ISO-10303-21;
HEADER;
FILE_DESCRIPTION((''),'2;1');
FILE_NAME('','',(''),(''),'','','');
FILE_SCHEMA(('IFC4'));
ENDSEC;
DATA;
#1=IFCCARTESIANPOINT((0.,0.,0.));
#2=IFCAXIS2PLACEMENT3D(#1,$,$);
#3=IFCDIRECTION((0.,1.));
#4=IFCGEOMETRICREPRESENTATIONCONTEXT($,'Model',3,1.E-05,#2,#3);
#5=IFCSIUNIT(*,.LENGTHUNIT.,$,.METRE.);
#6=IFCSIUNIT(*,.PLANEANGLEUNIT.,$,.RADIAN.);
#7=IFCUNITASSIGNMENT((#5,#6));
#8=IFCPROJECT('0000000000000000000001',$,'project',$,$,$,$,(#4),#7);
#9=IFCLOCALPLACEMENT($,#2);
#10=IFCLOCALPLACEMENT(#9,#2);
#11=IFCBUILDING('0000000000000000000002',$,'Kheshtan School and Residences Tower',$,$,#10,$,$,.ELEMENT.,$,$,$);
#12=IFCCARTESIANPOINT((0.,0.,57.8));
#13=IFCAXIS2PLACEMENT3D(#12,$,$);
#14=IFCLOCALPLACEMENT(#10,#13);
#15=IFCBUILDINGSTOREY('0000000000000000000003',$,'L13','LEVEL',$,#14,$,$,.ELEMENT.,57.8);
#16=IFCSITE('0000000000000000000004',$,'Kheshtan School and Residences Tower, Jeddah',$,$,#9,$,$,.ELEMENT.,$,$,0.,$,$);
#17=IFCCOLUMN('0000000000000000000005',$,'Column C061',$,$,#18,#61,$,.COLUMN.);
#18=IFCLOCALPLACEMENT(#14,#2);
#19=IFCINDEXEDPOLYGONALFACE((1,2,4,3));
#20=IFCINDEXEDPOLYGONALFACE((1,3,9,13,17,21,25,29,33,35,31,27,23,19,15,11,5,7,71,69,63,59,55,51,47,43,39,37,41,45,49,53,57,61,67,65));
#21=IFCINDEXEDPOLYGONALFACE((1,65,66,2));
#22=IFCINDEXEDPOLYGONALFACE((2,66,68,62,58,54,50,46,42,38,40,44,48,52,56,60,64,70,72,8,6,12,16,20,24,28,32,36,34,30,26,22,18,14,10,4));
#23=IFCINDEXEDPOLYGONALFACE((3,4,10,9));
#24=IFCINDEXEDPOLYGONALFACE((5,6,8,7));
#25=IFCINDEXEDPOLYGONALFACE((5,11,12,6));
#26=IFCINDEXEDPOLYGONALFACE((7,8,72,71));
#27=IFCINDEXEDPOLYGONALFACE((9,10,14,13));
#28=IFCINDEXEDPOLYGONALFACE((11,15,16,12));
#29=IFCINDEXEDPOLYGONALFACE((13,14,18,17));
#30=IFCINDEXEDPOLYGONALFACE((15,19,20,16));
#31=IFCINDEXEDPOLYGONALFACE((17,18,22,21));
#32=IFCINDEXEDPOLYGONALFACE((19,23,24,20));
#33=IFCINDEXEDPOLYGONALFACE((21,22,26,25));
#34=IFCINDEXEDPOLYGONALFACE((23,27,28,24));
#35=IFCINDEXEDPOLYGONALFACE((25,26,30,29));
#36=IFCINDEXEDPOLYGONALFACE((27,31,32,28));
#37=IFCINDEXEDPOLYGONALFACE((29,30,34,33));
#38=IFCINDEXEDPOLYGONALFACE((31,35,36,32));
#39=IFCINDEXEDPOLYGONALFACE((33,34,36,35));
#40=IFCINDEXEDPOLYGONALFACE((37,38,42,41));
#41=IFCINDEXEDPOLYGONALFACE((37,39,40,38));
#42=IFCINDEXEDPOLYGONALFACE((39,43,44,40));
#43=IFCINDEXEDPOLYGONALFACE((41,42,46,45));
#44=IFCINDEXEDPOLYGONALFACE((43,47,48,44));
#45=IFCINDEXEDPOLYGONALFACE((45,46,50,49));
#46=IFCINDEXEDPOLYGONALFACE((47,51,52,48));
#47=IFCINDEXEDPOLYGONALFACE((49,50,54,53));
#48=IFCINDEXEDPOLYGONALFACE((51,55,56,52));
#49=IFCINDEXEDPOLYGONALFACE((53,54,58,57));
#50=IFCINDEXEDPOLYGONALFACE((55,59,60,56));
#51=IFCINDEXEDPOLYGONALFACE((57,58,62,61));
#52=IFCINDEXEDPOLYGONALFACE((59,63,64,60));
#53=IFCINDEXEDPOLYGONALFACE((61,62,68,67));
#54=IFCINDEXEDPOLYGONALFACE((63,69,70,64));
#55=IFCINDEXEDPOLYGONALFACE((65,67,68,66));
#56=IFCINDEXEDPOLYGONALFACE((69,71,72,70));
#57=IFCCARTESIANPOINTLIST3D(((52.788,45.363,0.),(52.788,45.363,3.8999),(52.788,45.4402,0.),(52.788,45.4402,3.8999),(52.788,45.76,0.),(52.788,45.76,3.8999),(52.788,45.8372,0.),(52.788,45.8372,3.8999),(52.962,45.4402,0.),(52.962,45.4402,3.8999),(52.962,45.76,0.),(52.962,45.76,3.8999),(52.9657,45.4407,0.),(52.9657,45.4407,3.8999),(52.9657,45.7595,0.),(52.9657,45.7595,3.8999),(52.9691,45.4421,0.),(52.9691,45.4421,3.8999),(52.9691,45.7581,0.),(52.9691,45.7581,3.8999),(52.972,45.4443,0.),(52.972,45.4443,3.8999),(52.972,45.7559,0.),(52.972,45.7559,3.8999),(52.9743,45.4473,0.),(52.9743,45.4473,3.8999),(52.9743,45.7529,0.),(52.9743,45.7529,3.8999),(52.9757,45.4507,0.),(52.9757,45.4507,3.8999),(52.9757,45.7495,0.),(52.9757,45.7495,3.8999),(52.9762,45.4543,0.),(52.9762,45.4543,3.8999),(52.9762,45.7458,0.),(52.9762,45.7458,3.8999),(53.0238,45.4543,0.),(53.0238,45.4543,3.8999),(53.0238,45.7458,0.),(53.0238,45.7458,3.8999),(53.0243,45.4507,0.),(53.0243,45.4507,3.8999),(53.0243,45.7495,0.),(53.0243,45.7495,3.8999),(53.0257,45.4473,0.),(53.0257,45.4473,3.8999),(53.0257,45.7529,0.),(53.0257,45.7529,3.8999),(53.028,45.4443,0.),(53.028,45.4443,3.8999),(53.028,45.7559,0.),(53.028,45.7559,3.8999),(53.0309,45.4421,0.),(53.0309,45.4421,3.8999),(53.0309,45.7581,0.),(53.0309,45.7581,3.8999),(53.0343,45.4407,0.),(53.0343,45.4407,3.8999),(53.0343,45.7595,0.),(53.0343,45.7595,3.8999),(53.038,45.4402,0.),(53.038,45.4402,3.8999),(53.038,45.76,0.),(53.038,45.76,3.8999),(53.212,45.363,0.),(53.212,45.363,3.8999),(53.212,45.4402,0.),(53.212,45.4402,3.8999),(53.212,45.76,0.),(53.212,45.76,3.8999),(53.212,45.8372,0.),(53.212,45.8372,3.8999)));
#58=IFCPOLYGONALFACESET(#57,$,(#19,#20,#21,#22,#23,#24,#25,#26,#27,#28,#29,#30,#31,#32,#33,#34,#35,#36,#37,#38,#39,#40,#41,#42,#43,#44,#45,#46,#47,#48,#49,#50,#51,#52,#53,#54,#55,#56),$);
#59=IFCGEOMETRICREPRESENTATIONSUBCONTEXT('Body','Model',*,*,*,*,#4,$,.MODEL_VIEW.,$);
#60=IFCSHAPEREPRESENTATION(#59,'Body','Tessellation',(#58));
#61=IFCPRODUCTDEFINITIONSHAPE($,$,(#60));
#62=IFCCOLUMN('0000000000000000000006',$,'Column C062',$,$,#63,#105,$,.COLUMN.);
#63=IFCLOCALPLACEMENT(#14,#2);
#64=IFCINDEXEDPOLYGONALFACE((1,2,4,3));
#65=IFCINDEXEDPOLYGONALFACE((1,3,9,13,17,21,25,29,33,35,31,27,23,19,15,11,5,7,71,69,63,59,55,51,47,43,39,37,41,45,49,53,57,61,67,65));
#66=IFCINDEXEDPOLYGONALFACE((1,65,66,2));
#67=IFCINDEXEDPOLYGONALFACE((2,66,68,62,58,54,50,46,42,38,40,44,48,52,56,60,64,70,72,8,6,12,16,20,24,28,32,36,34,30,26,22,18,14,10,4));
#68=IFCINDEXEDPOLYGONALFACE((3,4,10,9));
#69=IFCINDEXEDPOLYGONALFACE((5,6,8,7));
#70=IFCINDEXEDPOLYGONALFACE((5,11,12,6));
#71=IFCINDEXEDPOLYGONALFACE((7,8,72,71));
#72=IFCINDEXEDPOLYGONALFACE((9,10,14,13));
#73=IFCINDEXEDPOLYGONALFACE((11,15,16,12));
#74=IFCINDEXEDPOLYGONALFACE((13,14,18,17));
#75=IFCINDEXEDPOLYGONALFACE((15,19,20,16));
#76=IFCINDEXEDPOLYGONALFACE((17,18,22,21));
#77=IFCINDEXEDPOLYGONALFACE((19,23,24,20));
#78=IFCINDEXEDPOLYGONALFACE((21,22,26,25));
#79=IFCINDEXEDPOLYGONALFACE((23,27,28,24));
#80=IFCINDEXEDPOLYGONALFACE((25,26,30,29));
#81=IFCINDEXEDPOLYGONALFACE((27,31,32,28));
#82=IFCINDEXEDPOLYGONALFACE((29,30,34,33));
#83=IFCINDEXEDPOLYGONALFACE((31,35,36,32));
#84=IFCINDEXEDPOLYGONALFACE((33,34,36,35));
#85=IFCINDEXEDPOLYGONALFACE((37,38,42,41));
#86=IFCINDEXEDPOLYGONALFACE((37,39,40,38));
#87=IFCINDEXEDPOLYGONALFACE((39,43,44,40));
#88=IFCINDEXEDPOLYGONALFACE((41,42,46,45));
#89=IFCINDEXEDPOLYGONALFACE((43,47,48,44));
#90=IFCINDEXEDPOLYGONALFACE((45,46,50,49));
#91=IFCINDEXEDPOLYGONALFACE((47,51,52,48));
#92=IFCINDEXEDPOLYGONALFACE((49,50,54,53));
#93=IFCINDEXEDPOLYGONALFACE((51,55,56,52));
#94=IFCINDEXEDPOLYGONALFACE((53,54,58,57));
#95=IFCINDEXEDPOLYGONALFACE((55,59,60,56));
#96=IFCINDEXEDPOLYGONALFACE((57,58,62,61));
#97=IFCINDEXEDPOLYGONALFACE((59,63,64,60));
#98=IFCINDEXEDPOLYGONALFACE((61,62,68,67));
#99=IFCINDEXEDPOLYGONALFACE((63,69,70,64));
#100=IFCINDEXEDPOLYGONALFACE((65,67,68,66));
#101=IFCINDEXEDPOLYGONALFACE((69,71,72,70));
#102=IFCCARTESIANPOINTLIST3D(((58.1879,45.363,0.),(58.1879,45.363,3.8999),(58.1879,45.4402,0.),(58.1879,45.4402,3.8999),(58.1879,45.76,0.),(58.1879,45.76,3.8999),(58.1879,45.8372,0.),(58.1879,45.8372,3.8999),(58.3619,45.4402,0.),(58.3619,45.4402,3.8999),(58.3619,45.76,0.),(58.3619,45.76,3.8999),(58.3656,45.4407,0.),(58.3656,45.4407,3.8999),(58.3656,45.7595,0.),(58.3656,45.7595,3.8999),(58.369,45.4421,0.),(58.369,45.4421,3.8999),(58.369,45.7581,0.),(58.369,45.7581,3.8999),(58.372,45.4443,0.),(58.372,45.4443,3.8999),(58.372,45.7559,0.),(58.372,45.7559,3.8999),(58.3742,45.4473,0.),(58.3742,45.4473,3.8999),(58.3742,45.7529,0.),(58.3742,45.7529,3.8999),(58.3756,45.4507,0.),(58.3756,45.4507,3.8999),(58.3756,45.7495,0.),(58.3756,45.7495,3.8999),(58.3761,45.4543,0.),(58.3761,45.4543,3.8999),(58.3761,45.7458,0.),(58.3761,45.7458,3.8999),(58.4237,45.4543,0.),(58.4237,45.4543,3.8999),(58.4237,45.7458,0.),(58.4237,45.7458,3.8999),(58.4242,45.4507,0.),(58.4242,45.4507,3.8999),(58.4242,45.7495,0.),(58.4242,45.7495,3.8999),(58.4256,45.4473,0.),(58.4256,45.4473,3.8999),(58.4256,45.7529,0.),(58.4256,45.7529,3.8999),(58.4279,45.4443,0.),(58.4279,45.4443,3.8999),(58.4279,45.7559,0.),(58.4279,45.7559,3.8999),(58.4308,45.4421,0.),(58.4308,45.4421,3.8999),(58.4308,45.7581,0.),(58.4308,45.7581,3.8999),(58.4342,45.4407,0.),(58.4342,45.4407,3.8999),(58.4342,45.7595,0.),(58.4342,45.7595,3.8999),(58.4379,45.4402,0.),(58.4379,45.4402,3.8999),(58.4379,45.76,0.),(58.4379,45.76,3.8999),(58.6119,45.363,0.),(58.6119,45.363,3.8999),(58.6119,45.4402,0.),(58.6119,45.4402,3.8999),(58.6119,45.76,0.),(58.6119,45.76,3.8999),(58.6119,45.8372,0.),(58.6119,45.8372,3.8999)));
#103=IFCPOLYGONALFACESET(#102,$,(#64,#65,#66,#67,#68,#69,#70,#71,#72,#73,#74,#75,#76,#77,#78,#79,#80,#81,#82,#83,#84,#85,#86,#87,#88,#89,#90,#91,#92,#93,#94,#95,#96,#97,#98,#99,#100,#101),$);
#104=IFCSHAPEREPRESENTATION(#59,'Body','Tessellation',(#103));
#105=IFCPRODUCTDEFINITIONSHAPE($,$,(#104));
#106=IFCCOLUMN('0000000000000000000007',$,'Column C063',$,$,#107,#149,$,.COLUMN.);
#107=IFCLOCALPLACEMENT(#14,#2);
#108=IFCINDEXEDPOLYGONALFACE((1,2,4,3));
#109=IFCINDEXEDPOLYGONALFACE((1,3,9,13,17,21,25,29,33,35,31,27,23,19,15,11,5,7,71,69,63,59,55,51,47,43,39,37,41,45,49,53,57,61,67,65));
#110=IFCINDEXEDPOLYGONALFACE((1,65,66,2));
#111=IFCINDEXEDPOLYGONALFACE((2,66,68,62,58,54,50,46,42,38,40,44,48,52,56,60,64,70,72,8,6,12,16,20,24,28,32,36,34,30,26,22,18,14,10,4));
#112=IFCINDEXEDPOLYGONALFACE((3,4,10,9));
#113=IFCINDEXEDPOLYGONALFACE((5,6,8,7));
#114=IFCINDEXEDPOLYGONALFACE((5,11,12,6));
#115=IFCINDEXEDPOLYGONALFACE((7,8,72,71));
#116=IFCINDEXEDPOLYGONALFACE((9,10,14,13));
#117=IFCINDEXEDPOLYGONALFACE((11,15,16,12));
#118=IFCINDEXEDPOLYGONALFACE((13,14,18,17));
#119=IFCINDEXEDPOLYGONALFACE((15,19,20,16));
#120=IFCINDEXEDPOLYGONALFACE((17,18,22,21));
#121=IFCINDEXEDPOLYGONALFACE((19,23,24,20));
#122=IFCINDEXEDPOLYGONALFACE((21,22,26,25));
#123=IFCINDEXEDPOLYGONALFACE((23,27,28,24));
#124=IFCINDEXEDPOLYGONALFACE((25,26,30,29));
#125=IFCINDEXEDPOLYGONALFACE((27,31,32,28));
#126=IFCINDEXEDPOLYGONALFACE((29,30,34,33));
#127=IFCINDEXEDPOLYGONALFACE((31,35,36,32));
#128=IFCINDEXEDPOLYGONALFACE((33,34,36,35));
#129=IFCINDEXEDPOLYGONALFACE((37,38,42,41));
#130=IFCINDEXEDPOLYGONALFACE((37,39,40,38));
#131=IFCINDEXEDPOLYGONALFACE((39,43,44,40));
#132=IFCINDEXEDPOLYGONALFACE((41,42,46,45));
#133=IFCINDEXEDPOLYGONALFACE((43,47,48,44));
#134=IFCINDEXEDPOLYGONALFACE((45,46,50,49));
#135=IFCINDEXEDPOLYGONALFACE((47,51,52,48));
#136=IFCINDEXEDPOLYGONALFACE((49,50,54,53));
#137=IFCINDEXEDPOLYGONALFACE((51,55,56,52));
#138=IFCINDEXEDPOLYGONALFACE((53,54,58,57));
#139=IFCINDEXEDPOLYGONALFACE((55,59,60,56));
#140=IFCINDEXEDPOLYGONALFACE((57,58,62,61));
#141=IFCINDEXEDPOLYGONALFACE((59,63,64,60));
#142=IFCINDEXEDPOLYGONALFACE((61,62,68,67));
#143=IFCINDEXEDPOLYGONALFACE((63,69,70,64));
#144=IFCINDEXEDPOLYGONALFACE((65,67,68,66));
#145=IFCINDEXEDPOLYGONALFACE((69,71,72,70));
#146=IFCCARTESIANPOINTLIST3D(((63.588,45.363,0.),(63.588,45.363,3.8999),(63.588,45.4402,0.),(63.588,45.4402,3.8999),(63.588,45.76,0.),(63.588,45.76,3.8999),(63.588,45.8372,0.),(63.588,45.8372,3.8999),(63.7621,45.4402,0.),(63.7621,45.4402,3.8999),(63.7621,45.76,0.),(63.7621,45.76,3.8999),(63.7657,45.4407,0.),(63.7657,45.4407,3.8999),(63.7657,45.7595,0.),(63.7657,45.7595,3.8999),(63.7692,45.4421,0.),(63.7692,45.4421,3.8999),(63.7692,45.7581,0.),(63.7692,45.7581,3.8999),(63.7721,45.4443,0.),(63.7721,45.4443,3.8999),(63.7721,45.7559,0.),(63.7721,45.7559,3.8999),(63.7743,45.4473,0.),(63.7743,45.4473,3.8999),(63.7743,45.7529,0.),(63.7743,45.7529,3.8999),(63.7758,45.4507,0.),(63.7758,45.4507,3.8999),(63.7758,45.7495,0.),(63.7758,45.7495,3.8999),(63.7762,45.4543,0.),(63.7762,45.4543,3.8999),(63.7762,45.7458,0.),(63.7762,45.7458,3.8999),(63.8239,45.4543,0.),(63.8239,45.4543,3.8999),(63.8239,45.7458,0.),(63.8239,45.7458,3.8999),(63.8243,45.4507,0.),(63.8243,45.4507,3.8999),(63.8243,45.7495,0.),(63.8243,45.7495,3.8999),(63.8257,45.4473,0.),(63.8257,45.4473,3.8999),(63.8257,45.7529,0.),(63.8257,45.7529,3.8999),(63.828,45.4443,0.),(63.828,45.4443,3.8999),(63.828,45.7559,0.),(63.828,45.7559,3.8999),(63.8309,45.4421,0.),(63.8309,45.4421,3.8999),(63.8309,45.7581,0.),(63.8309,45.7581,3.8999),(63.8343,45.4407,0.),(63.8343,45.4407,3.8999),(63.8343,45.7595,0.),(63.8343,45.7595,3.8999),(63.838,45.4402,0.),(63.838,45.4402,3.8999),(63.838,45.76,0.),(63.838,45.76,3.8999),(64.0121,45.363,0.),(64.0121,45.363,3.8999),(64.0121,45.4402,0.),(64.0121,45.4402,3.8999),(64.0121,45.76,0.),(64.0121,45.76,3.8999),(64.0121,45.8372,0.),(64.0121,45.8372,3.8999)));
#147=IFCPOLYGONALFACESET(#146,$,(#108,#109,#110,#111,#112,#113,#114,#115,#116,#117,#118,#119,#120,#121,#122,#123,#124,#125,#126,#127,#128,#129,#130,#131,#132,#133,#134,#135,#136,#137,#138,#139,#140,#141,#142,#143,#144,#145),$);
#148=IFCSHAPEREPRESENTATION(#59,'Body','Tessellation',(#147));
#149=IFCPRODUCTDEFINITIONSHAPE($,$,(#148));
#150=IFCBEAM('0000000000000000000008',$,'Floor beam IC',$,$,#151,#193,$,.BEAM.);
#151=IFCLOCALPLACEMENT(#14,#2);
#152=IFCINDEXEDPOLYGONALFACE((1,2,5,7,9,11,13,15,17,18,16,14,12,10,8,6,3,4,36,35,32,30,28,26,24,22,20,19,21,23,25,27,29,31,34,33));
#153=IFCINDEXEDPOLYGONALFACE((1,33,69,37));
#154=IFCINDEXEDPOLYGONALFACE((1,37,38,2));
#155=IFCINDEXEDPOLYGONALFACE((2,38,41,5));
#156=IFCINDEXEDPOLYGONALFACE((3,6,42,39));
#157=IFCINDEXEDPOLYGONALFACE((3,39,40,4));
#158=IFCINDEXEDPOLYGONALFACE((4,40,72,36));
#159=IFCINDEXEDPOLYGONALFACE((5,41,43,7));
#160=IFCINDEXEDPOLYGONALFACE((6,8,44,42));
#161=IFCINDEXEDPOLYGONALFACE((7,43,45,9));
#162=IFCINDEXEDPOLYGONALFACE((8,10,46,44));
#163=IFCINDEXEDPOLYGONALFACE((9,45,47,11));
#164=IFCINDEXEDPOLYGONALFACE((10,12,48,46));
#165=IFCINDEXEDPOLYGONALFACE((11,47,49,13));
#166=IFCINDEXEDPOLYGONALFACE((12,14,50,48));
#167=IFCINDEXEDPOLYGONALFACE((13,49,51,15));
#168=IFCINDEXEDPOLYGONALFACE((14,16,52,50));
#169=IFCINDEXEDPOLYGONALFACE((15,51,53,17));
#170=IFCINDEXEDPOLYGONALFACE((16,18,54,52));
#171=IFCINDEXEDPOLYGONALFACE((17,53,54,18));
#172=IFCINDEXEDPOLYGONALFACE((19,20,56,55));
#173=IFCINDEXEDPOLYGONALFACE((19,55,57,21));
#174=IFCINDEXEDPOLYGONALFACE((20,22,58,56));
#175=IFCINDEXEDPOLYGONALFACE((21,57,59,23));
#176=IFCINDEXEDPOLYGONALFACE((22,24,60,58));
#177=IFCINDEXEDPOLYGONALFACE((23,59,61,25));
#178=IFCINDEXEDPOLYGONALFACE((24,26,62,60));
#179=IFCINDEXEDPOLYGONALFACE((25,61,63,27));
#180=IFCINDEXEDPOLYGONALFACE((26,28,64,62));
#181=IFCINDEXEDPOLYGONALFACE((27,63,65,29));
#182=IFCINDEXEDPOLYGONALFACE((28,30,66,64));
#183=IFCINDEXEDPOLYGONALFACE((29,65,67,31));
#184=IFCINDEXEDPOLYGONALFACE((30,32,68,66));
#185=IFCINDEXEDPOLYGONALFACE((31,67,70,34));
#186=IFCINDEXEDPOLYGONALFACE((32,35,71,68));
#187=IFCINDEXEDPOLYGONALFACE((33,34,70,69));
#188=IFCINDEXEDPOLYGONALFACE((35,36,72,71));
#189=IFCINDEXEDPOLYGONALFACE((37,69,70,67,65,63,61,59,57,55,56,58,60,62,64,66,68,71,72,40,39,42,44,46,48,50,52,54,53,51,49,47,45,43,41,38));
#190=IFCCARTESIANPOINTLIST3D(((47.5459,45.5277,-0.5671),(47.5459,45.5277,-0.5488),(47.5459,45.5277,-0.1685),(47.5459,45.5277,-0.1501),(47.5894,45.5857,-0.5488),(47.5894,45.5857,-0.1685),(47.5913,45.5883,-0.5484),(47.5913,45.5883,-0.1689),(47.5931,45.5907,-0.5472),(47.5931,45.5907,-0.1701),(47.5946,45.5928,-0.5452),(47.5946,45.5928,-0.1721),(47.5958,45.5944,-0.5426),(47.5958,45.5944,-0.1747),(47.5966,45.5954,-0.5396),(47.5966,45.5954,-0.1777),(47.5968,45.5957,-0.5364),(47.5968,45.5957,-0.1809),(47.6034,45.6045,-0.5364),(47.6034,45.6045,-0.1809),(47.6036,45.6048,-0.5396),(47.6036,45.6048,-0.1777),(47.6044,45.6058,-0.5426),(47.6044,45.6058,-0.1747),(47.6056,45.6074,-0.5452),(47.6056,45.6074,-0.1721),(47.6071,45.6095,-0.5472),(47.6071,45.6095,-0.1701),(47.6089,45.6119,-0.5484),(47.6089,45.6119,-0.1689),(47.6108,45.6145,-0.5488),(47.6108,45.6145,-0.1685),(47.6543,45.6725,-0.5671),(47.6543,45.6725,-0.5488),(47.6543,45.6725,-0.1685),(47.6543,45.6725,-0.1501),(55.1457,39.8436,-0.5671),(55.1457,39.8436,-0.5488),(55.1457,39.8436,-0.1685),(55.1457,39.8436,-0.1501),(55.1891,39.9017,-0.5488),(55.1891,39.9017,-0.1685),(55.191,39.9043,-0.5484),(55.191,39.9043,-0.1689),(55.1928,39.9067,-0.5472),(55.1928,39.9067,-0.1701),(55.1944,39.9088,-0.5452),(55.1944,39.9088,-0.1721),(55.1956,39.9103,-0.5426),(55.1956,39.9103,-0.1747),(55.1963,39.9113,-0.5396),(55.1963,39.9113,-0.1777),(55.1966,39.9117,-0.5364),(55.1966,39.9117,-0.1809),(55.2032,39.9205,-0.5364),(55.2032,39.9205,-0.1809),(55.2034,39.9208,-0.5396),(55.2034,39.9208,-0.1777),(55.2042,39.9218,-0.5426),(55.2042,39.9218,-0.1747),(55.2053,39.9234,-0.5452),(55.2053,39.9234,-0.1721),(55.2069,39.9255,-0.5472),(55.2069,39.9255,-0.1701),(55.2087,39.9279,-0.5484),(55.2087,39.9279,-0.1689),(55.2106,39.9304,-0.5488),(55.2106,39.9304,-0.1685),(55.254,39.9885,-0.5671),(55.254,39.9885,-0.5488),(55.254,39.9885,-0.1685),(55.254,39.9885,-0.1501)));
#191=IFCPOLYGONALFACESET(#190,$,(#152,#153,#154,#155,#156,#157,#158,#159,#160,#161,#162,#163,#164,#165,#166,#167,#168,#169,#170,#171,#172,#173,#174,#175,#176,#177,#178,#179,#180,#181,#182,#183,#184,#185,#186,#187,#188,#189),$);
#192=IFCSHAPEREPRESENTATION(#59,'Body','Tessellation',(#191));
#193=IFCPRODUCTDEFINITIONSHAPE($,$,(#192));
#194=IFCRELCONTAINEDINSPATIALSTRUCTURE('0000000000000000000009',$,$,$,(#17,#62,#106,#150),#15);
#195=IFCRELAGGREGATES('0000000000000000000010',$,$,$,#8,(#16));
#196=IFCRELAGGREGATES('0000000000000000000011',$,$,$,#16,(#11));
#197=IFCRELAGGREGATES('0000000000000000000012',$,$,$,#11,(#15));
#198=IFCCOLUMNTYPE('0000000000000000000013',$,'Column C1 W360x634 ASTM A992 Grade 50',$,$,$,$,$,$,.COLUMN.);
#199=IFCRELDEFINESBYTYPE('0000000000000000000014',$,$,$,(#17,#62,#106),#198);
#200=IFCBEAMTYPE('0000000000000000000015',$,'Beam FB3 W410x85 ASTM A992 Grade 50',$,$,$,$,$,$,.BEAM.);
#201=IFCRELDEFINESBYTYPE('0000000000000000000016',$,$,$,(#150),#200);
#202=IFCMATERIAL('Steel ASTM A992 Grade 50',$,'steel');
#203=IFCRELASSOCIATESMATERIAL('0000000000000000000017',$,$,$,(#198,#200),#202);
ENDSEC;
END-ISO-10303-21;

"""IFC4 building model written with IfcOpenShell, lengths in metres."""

from ifc_helpers import new_model, si_unit, direction, frame, origin, origin_2d, place, context, subcontext, project, spatial, i_section, extrude, material, material_profile, profile_set, type_object, element, save


model = new_model("IFC4")

# Units and contexts
model_context = context("Model", 3, precision=1e-05, world=origin(), true_north=direction((0.0, 1.0)))
body_context = subcontext(model_context, "Body", "Model", "MODEL_VIEW")
ifc_project = project(units=[si_unit("LENGTHUNIT", "METRE"), si_unit("PLANEANGLEUNIT", "RADIAN")], contexts=[model_context])

# Site, building, storey
site_placement = place(None, origin())
site = spatial("IfcSite", under=ifc_project, at=site_placement, Name="Kheshtan School and Residences Tower, Jeddah", CompositionType="ELEMENT", RefElevation=0.0)
building_placement = place(site_placement, origin())
building = spatial("IfcBuilding", under=site, at=building_placement, Name="Kheshtan School and Residences Tower", CompositionType="ELEMENT")
storey_placement = place(building_placement, frame((0.0, 0.0, 57.8)))
storey = spatial("IfcBuildingStorey", under=building, at=storey_placement, Name="L13", Description="LEVEL", CompositionType="ELEMENT", Elevation=57.8)

# Columns
ifc_material_1 = material(Name="Steel ASTM A992 Grade 50", Category="steel")
ifc_material_profile_1 = material_profile(ifc_material_1, i_section(OverallWidth=0.4241, OverallDepth=0.4741, WebThickness=0.0476, FlangeThickness=0.0771, FilletRadius=0.0142, at=origin_2d()), Name="W360x634")
ifc_profile_set_1 = profile_set([ifc_material_profile_1], Name="Steel ASTM A992 Grade 50")
column_type = type_object("IfcColumnType", Name="Column C1 W360x634 ASTM A992 Grade 50", PredefinedType="COLUMN", material=ifc_profile_set_1)
for number, where, z_axis, x_axis, name in (
    (1, (53.0, 45.6001, 0.0), (0.0, 0.0, 1.0), (1.0, 0.0, 0.0), "Column C061"),
    (2, (58.3999, 45.6001, 0.0), (0.0, 0.0, 1.0), (1.0, 0.0, 0.0), "Column C062"),
    (3, (63.8, 45.6001, 0.0), (0.0, 0.0, 1.0), (1.0, 0.0, 0.0), "Column C063"),
):
    element("IfcColumn", number, at=place(storey_placement, frame(where, z_axis=z_axis, x_axis=x_axis)), inside=storey, type_object=column_type, Name=name, PredefinedType="COLUMN", context=body_context, shape_type="SweptSolid", body=[
        extrude(i_section(OverallWidth=0.4241, OverallDepth=0.4741, WebThickness=0.0476, FlangeThickness=0.0771, FilletRadius=0.0142, at=origin_2d()), origin(), (0.0, 0.0, 1.0), 3.8999),
    ])

# Beam
ifc_material_profile_2 = material_profile(ifc_material_1, i_section(OverallWidth=0.1809, OverallDepth=0.417, WebThickness=0.011, FlangeThickness=0.0183, FilletRadius=0.0125, at=origin_2d()), Name="W410x85")
ifc_profile_set_2 = profile_set([ifc_material_profile_2], Name="Steel ASTM A992 Grade 50")
beam_type_1 = type_object("IfcBeamType", Name="Beam FB3 W410x85 ASTM A992 Grade 50", PredefinedType="BEAM", material=ifc_profile_set_2)
beam_1_placement = place(storey_placement, frame((47.6001, 45.6001, -0.3586), z_axis=(0.800799, -0.598933, 0.0), x_axis=(0.598933, 0.800799, 0.0)))
element("IfcBeam", 4, at=beam_1_placement, inside=storey, type_object=beam_type_1, Name="Floor beam IC", PredefinedType="BEAM", context=body_context, shape_type="SweptSolid", body=[
    extrude(i_section(OverallWidth=0.1809, OverallDepth=0.417, WebThickness=0.011, FlangeThickness=0.0183, FilletRadius=0.0125, at=origin_2d()), origin(), (0.0, 0.0, 1.0), 9.4902),
])

save(model, "model.ifc")
